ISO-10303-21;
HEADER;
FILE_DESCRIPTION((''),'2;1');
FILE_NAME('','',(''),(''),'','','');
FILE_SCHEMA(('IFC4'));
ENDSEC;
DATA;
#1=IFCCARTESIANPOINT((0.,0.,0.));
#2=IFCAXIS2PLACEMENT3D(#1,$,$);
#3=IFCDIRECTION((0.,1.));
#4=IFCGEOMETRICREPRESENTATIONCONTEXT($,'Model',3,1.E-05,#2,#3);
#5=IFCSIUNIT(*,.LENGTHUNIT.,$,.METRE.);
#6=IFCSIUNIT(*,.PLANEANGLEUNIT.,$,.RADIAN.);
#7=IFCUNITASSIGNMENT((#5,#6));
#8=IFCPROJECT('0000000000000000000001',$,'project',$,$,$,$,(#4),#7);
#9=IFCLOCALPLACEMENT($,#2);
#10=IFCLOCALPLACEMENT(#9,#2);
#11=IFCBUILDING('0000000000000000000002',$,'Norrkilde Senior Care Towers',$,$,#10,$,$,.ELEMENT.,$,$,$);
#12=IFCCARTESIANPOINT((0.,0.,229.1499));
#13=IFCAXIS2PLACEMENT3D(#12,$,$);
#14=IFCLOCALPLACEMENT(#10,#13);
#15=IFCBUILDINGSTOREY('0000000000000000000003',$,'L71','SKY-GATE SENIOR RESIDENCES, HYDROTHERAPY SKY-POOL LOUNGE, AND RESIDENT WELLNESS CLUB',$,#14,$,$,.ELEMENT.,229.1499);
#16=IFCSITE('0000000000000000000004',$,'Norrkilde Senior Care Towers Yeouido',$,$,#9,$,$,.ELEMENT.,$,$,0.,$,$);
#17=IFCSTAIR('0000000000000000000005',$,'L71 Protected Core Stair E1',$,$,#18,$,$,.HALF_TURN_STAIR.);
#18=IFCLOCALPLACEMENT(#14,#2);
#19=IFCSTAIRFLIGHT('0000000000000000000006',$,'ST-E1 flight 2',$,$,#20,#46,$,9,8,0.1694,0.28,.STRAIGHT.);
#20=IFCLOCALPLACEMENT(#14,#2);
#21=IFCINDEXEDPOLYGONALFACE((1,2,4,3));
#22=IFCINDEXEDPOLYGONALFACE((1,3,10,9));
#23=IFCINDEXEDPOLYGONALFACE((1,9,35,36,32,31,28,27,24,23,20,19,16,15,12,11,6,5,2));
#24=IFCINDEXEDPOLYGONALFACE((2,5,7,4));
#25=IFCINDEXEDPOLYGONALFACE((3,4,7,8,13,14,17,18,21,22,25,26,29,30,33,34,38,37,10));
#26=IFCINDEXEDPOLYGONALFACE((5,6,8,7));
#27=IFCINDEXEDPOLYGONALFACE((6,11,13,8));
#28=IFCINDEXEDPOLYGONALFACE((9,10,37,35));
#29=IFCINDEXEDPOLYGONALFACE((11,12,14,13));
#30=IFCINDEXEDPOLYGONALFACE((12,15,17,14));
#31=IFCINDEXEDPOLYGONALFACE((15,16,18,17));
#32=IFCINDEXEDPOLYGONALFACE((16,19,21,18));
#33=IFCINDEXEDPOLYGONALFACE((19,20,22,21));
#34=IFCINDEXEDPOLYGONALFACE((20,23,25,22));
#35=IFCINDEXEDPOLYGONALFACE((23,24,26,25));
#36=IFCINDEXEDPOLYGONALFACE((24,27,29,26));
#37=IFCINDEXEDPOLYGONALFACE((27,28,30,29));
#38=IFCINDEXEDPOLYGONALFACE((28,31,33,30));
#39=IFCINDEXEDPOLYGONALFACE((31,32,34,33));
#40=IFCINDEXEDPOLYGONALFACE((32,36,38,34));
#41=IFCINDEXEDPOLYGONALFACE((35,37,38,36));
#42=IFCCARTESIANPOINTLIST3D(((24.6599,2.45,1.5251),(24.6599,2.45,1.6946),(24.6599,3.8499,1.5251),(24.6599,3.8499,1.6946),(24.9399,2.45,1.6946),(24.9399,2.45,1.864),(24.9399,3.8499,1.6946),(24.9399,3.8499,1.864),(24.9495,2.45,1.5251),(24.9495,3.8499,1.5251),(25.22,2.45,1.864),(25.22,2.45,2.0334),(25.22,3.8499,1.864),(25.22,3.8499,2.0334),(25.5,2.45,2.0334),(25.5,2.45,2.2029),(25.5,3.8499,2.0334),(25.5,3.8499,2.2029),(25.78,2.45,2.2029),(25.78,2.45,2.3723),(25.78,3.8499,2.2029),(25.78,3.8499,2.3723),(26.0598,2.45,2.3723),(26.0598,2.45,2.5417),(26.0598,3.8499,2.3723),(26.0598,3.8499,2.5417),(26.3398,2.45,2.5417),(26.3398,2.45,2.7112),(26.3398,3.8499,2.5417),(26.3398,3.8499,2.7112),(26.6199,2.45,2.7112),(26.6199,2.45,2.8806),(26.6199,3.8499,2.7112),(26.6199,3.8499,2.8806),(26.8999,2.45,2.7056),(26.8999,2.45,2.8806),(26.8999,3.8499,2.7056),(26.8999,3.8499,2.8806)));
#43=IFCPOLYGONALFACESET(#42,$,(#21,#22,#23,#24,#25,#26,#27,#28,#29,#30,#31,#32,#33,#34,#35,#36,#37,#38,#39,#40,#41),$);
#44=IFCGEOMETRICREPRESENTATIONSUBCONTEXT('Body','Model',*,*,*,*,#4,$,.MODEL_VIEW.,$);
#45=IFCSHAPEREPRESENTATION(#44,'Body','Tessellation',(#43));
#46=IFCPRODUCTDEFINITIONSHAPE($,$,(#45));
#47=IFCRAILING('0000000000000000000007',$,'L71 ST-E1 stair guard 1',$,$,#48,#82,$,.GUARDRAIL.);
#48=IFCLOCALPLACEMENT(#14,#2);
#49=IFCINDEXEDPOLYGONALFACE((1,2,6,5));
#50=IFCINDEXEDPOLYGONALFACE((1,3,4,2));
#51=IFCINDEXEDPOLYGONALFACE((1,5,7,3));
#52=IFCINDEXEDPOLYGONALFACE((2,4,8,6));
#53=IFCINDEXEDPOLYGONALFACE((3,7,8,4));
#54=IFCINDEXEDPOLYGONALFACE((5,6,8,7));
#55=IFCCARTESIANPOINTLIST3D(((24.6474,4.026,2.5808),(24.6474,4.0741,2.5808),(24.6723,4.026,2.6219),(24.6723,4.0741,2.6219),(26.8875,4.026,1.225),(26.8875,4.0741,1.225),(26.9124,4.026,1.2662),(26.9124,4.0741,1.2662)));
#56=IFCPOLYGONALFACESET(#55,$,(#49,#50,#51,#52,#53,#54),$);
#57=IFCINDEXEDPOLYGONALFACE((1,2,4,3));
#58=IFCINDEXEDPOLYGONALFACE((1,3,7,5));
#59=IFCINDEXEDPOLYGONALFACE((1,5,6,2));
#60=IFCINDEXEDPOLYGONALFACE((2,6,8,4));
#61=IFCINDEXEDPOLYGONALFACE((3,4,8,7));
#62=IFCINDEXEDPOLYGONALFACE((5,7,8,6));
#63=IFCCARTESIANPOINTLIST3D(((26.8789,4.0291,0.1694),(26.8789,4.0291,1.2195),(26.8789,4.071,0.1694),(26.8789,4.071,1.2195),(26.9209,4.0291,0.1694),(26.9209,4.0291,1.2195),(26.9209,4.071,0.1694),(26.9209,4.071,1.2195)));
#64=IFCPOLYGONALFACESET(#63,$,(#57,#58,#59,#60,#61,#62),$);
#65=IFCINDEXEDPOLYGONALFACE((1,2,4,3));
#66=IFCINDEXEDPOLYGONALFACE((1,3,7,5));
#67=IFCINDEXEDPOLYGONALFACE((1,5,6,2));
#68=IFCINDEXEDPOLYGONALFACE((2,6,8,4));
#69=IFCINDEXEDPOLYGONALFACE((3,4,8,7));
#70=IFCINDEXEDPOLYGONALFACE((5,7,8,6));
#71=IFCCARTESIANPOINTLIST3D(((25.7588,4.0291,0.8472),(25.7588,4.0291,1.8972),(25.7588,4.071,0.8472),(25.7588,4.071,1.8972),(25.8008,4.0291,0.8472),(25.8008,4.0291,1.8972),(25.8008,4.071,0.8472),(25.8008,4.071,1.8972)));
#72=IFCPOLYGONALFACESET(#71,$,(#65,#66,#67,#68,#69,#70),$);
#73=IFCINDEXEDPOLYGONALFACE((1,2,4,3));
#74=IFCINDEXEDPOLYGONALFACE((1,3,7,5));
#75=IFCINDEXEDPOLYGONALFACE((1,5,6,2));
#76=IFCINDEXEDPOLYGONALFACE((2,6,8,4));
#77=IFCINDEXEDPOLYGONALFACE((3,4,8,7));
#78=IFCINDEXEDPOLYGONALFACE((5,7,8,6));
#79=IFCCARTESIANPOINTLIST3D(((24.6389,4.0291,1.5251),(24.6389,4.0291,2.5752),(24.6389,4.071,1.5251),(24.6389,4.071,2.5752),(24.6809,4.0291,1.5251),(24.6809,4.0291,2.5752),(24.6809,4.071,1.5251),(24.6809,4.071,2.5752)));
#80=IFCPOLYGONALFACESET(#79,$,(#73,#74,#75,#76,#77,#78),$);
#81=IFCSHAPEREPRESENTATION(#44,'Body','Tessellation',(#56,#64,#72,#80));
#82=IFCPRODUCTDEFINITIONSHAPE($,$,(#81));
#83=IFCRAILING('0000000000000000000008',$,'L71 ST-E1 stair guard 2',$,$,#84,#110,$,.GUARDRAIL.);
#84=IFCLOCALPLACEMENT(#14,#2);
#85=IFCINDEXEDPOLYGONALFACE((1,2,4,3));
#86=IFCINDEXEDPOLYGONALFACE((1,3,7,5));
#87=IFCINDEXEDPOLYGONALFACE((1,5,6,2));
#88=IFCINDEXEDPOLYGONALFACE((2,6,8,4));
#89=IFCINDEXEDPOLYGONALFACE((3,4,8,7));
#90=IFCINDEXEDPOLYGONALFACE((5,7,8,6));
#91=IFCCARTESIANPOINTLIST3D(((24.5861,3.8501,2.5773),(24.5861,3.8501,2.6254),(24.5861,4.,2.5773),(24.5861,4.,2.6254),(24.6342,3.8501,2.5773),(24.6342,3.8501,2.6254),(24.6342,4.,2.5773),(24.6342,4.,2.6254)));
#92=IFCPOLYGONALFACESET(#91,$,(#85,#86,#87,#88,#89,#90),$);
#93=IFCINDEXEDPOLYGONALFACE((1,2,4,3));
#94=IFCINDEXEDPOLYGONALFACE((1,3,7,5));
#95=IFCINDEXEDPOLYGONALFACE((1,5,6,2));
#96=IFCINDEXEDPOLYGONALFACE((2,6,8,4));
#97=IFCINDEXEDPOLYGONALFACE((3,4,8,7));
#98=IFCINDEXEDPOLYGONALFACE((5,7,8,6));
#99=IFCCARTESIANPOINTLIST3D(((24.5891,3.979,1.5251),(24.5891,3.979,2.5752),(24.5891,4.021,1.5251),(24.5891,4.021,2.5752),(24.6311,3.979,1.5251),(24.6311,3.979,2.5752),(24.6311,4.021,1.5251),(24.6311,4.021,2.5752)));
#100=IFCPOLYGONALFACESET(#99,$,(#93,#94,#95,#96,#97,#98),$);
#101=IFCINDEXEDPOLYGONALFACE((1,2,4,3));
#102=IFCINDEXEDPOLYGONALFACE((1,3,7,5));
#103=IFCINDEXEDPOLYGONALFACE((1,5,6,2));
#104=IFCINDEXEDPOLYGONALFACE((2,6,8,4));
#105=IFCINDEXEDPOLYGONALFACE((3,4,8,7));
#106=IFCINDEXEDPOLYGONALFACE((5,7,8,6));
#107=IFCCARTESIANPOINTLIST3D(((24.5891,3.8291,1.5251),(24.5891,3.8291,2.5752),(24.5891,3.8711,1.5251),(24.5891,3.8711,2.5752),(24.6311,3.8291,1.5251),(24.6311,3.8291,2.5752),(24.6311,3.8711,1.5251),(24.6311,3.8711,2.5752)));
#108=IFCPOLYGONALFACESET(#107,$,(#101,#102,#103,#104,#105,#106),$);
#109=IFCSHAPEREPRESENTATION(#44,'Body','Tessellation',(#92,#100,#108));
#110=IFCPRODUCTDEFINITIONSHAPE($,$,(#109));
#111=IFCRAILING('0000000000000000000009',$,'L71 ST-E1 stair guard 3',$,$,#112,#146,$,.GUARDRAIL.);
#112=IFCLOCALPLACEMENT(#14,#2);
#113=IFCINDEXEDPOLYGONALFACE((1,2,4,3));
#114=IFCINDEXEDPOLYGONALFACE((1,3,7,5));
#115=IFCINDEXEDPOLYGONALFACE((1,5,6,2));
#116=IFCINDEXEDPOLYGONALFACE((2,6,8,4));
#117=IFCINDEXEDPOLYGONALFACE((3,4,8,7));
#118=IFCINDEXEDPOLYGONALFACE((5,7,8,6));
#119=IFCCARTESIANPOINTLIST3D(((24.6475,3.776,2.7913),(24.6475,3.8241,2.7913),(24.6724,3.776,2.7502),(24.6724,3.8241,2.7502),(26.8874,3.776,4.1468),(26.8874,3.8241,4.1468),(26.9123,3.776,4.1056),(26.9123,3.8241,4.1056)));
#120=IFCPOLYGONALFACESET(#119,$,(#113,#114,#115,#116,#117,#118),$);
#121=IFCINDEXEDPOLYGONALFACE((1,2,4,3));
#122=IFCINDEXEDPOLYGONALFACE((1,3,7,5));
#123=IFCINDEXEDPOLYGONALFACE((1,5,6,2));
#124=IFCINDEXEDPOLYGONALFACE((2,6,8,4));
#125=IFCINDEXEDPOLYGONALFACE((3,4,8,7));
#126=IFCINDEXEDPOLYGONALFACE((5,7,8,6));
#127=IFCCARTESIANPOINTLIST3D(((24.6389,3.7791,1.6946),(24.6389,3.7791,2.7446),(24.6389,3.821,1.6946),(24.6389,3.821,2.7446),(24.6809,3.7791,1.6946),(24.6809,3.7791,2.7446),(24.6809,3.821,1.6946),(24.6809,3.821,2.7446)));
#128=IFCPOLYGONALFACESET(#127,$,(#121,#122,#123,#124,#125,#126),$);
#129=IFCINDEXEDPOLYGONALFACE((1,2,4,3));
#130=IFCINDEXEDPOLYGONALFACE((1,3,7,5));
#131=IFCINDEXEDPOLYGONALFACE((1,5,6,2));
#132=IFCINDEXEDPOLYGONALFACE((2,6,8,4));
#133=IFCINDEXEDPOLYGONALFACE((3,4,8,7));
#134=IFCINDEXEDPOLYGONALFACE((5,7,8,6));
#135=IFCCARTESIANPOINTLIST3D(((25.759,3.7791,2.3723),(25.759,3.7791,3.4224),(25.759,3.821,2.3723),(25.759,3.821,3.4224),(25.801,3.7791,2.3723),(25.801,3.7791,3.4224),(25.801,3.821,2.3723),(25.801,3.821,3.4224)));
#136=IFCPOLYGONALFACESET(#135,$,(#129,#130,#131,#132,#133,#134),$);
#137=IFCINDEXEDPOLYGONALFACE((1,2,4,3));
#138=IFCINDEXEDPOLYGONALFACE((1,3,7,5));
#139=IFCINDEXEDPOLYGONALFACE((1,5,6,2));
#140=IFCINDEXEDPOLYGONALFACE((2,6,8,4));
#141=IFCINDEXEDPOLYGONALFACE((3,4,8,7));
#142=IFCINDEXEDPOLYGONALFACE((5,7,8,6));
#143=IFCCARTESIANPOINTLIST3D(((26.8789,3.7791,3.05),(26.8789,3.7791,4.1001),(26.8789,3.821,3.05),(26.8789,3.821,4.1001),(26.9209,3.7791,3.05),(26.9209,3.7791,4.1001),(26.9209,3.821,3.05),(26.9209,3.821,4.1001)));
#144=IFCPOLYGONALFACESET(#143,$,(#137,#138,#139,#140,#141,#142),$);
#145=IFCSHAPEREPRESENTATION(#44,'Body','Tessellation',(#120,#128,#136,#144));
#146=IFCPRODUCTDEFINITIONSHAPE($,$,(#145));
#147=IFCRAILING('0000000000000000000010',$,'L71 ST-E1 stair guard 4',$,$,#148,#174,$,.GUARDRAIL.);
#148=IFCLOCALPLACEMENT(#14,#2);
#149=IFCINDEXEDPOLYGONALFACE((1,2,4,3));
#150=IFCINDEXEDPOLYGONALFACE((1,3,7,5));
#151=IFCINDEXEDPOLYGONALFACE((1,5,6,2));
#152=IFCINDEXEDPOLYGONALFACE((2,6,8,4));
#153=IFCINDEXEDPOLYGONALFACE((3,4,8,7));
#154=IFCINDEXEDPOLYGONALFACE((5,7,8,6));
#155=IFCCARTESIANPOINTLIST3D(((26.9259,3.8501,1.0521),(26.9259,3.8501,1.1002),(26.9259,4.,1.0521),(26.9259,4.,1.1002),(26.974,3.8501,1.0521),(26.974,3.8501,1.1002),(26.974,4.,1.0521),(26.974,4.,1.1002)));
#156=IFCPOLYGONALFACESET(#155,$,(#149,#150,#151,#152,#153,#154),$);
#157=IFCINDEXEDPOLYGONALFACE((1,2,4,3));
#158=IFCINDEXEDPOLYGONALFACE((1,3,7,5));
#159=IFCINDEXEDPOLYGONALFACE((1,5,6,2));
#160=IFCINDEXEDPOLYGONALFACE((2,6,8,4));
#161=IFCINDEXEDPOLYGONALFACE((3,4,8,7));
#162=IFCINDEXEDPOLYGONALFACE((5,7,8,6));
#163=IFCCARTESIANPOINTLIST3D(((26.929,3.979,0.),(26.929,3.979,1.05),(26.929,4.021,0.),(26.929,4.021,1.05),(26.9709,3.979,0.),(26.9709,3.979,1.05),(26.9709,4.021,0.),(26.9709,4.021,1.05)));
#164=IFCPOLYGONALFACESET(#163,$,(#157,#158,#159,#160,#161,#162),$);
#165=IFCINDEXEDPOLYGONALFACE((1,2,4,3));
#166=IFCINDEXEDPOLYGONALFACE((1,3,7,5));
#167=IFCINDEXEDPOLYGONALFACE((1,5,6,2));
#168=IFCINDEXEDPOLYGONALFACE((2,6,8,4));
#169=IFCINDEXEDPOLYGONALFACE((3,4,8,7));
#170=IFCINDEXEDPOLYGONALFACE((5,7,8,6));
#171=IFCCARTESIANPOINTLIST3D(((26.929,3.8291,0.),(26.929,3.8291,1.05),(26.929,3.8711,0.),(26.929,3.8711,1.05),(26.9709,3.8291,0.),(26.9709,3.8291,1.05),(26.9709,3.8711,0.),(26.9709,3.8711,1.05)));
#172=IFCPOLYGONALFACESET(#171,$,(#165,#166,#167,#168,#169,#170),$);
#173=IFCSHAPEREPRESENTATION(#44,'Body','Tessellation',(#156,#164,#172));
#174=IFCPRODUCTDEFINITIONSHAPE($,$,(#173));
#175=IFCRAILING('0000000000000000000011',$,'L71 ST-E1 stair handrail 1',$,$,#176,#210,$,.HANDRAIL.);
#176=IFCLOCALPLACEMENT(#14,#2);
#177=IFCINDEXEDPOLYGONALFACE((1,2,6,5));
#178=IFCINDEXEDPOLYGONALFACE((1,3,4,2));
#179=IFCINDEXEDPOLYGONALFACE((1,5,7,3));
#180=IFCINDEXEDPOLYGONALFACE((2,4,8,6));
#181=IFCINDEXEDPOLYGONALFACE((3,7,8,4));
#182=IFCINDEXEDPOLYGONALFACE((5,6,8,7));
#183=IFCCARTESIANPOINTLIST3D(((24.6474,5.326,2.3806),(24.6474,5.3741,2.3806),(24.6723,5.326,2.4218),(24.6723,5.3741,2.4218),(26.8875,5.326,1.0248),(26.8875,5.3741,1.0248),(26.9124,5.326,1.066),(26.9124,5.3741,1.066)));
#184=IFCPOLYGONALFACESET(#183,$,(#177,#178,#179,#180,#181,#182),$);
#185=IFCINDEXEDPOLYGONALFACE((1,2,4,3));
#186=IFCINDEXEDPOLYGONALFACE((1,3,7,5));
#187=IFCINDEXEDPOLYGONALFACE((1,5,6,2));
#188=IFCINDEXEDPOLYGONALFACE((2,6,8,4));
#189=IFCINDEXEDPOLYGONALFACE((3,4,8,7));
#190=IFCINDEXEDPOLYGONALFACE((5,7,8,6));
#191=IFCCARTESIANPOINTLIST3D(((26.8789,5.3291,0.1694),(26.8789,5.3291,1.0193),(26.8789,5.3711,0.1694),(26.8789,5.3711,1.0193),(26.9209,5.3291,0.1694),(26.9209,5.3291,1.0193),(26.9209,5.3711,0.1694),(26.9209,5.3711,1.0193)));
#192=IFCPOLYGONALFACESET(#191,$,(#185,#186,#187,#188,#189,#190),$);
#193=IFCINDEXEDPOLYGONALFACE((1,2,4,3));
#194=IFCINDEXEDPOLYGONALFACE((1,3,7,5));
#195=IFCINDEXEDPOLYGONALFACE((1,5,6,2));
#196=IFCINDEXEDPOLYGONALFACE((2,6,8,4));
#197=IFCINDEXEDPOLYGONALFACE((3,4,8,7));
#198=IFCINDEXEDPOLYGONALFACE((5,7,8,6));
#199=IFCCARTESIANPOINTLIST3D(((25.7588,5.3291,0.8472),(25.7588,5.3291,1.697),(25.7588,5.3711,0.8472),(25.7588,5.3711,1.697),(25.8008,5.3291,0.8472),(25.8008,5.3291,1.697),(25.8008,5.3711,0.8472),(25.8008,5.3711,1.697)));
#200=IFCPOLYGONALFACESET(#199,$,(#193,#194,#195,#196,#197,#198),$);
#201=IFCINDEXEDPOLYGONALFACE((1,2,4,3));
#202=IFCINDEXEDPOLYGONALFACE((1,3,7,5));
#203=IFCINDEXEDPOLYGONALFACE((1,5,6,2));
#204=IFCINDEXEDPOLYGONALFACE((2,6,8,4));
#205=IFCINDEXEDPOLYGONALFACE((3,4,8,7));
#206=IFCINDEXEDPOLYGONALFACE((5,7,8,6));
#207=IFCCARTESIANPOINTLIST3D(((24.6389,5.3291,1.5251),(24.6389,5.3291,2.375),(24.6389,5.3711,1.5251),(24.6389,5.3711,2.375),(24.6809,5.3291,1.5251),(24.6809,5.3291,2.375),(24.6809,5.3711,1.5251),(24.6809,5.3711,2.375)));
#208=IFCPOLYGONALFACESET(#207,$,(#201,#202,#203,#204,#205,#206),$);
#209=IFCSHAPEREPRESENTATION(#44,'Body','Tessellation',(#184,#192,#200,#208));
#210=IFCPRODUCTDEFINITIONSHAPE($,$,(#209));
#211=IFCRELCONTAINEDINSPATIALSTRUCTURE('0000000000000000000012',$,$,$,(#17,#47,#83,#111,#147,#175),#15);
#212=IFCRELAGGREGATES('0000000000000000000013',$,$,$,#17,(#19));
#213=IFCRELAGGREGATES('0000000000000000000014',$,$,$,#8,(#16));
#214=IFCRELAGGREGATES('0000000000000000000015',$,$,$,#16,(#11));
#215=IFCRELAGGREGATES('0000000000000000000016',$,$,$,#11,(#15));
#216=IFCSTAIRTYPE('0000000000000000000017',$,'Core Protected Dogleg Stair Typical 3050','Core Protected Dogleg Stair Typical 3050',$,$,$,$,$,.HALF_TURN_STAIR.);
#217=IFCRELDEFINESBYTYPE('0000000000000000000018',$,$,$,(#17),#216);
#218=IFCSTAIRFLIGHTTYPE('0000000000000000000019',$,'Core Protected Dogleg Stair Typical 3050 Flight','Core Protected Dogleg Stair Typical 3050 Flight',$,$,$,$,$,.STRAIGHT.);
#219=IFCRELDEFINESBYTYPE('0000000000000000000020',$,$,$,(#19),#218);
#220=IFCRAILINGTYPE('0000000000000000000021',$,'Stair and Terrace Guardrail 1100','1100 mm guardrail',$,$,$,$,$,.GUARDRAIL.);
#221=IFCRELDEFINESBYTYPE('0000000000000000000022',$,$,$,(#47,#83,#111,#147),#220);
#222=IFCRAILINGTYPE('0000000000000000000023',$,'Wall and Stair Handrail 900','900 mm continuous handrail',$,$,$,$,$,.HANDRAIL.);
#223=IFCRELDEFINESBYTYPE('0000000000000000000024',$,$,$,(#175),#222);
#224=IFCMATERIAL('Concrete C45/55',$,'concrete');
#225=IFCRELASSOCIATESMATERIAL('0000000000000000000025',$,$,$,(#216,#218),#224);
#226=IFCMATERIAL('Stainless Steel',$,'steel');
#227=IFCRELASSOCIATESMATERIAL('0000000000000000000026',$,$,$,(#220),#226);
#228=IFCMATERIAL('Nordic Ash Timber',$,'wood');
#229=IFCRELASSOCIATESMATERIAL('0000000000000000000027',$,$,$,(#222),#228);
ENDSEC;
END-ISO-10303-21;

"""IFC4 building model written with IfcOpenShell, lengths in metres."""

from ifc_helpers import new_model, si_unit, direction, frame, origin, origin_2d, place, context, subcontext, project, spatial, polyline, rectangle, outline, extrude, material, type_object, element, aggregate, save


model = new_model("IFC4")

# Units and contexts
model_context = context("Model", 3, precision=1e-05, world=origin(), true_north=direction((0.0, 1.0)))
body_context = subcontext(model_context, "Body", "Model", "MODEL_VIEW")
ifc_project = project(units=[si_unit("LENGTHUNIT", "METRE"), si_unit("PLANEANGLEUNIT", "RADIAN")], contexts=[model_context])

# Site, building, storey
site_placement = place(None, origin())
site = spatial("IfcSite", under=ifc_project, at=site_placement, Name="Norrkilde Senior Care Towers Yeouido", CompositionType="ELEMENT", RefElevation=0.0)
building_placement = place(site_placement, origin())
building = spatial("IfcBuilding", under=site, at=building_placement, Name="Norrkilde Senior Care Towers", CompositionType="ELEMENT")
storey_placement = place(building_placement, frame((0.0, 0.0, 229.1499)))
storey = spatial("IfcBuildingStorey", under=building, at=storey_placement, Name="L71", Description="SKY-GATE SENIOR RESIDENCES, HYDROTHERAPY SKY-POOL LOUNGE, AND RESIDENT WELLNESS CLUB", CompositionType="ELEMENT", Elevation=229.1499)

# Shared definitions
ifc_material_1 = material(Name="Concrete C45/55", Category="concrete")
ifc_material_2 = material(Name="Stainless Steel", Category="steel")

# Stair, stair flight
stair_type = type_object("IfcStairType", Name="Core Protected Dogleg Stair Typical 3050", Description="Core Protected Dogleg Stair Typical 3050", PredefinedType="HALF_TURN_STAIR", material=ifc_material_1)
stair_placement = place(storey_placement, origin())
stair = element("IfcStair", 1, at=stair_placement, inside=storey, type_object=stair_type, Name="L71 Protected Core Stair E1", PredefinedType="HALF_TURN_STAIR")
stair_flight_type = type_object("IfcStairFlightType", Name="Core Protected Dogleg Stair Typical 3050 Flight", Description="Core Protected Dogleg Stair Typical 3050 Flight", PredefinedType="STRAIGHT", material=ifc_material_1)
stair_flight_1_placement = place(storey_placement, frame((24.6599, 3.1499, 1.5251), z_axis=(0.0, 0.0, 1.0), x_axis=(1.0, 0.0, 0.0)))
stair_flight_1 = element("IfcStairFlight", 2, at=stair_flight_1_placement, type_object=stair_flight_type, Name="ST-E1 flight 2", NumberOfRisers=9, NumberOfTreads=8, PredefinedType="STRAIGHT", RiserHeight=0.1694, TreadLength=0.28, context=body_context, shape_type="SweptSolid", body=[
    extrude(outline(polyline([(0.0, 0.0), (0.0, 0.1694), (0.28, 0.1694), (0.28, 0.3389), (0.5601, 0.3389), (0.5601, 0.5083), (0.8401, 0.5083), (0.8401, 0.6777), (1.1201, 0.6777), (1.1201, 0.8472), (1.3999, 0.8472), (1.3999, 1.0166), (1.6799, 1.0166), (1.6799, 1.186), (1.96, 1.186), (1.96, 1.3555), (2.24, 1.3555), (2.24, 1.5249), (2.24, 1.1804), (0.2896, 0.0), (0.0, 0.0)])), frame((0.0, 0.7, 0.0), z_axis=(0.0, -1.0, 0.0), x_axis=(1.0, 0.0, 0.0)), (0.0, 0.0, 1.0), 1.3999),
])
aggregate(stair, [stair_flight_1])

# Railings
railing_type_1 = type_object("IfcRailingType", Name="Stair and Terrace Guardrail 1100", Description="1100 mm guardrail", PredefinedType="GUARDRAIL", material=ifc_material_2)
railing_1_placement = place(storey_placement, frame((26.8999, 4.05, 0.1694)))
element("IfcRailing", 3, at=railing_1_placement, inside=storey, type_object=railing_type_1, Name="L71 ST-E1 stair guard 1", PredefinedType="GUARDRAIL", context=body_context, shape_type="SweptSolid", body=[
    extrude(rectangle(XDim=0.0481, YDim=0.0481, at=origin_2d()), frame((0.0, 0.0, 1.0762), z_axis=(-0.855512, 0.0, 0.517783), x_axis=(0.0, -1.0, 0.0)), (0.0, 0.0, 1.0), 2.6184),
    extrude(rectangle(XDim=0.042, YDim=0.042, at=origin_2d()), origin(), (0.0, 0.0, 1.0), 1.05),
    extrude(rectangle(XDim=0.042, YDim=0.042, at=origin_2d()), frame((-1.1201, 0.0, 0.6777)), (0.0, 0.0, 1.0), 1.05),
    extrude(rectangle(XDim=0.042, YDim=0.042, at=origin_2d()), frame((-2.24, 0.0, 1.3557)), (0.0, 0.0, 1.0), 1.05),
])
railing_2_placement = place(storey_placement, frame((24.6101, 4.0, 1.5251)))
element("IfcRailing", 4, at=railing_2_placement, inside=storey, type_object=railing_type_1, Name="L71 ST-E1 stair guard 2", PredefinedType="GUARDRAIL", context=body_context, shape_type="SweptSolid", body=[
    extrude(rectangle(XDim=0.0481, YDim=0.0481, at=origin_2d()), frame((0.0, 0.0, 1.0762), z_axis=(0.0, -1.0, 0.0), x_axis=(1.0, 0.0, 0.0)), (0.0, 0.0, 1.0), 0.1499),
    extrude(rectangle(XDim=0.042, YDim=0.042, at=origin_2d()), origin(), (0.0, 0.0, 1.0), 1.05),
    extrude(rectangle(XDim=0.042, YDim=0.042, at=origin_2d()), frame((0.0, -0.1499, 0.0)), (0.0, 0.0, 1.0), 1.05),
])
railing_3_placement = place(storey_placement, frame((24.6599, 3.8, 1.6946)))
element("IfcRailing", 5, at=railing_3_placement, inside=storey, type_object=railing_type_1, Name="L71 ST-E1 stair guard 3", PredefinedType="GUARDRAIL", context=body_context, shape_type="SweptSolid", body=[
    extrude(rectangle(XDim=0.0481, YDim=0.0481, at=origin_2d()), frame((0.0, 0.0, 1.0762), z_axis=(0.855553, 0.0, 0.517715), x_axis=(0.0, 1.0, 0.0)), (0.0, 0.0, 1.0), 2.6182),
    extrude(rectangle(XDim=0.042, YDim=0.042, at=origin_2d()), origin(), (0.0, 0.0, 1.0), 1.05),
    extrude(rectangle(XDim=0.042, YDim=0.042, at=origin_2d()), frame((1.1201, 0.0, 0.6777)), (0.0, 0.0, 1.0), 1.05),
    extrude(rectangle(XDim=0.042, YDim=0.042, at=origin_2d()), frame((2.24, 0.0, 1.3555)), (0.0, 0.0, 1.0), 1.05),
])
railing_4_placement = place(storey_placement, frame((26.95, 4.0, 0.0)))
element("IfcRailing", 6, at=railing_4_placement, inside=storey, type_object=railing_type_1, Name="L71 ST-E1 stair guard 4", PredefinedType="GUARDRAIL", context=body_context, shape_type="SweptSolid", body=[
    extrude(rectangle(XDim=0.0481, YDim=0.0481, at=origin_2d()), frame((0.0, 0.0, 1.0762), z_axis=(0.0, -1.0, 0.0), x_axis=(1.0, 0.0, 0.0)), (0.0, 0.0, 1.0), 0.1499),
    extrude(rectangle(XDim=0.042, YDim=0.042, at=origin_2d()), origin(), (0.0, 0.0, 1.0), 1.05),
    extrude(rectangle(XDim=0.042, YDim=0.042, at=origin_2d()), frame((0.0, -0.1499, 0.0)), (0.0, 0.0, 1.0), 1.05),
])
ifc_material_3 = material(Name="Nordic Ash Timber", Category="wood")
railing_type_2 = type_object("IfcRailingType", Name="Wall and Stair Handrail 900", Description="900 mm continuous handrail", PredefinedType="HANDRAIL", material=ifc_material_3)
railing_5_placement = place(storey_placement, frame((26.8999, 5.3501, 0.1694)))
element("IfcRailing", 7, at=railing_5_placement, inside=storey, type_object=railing_type_2, Name="L71 ST-E1 stair handrail 1", PredefinedType="HANDRAIL", context=body_context, shape_type="SweptSolid", body=[
    extrude(rectangle(XDim=0.0481, YDim=0.0481, at=origin_2d()), frame((0.0, 0.0, 0.876), z_axis=(-0.855512, 0.0, 0.517783), x_axis=(0.0, -1.0, 0.0)), (0.0, 0.0, 1.0), 2.6184),
    extrude(rectangle(XDim=0.042, YDim=0.042, at=origin_2d()), origin(), (0.0, 0.0, 1.0), 0.8499),
    extrude(rectangle(XDim=0.042, YDim=0.042, at=origin_2d()), frame((-1.1201, 0.0, 0.6777)), (0.0, 0.0, 1.0), 0.8499),
    extrude(rectangle(XDim=0.042, YDim=0.042, at=origin_2d()), frame((-2.24, 0.0, 1.3557)), (0.0, 0.0, 1.0), 0.8499),
])

save(model, "model.ifc")
